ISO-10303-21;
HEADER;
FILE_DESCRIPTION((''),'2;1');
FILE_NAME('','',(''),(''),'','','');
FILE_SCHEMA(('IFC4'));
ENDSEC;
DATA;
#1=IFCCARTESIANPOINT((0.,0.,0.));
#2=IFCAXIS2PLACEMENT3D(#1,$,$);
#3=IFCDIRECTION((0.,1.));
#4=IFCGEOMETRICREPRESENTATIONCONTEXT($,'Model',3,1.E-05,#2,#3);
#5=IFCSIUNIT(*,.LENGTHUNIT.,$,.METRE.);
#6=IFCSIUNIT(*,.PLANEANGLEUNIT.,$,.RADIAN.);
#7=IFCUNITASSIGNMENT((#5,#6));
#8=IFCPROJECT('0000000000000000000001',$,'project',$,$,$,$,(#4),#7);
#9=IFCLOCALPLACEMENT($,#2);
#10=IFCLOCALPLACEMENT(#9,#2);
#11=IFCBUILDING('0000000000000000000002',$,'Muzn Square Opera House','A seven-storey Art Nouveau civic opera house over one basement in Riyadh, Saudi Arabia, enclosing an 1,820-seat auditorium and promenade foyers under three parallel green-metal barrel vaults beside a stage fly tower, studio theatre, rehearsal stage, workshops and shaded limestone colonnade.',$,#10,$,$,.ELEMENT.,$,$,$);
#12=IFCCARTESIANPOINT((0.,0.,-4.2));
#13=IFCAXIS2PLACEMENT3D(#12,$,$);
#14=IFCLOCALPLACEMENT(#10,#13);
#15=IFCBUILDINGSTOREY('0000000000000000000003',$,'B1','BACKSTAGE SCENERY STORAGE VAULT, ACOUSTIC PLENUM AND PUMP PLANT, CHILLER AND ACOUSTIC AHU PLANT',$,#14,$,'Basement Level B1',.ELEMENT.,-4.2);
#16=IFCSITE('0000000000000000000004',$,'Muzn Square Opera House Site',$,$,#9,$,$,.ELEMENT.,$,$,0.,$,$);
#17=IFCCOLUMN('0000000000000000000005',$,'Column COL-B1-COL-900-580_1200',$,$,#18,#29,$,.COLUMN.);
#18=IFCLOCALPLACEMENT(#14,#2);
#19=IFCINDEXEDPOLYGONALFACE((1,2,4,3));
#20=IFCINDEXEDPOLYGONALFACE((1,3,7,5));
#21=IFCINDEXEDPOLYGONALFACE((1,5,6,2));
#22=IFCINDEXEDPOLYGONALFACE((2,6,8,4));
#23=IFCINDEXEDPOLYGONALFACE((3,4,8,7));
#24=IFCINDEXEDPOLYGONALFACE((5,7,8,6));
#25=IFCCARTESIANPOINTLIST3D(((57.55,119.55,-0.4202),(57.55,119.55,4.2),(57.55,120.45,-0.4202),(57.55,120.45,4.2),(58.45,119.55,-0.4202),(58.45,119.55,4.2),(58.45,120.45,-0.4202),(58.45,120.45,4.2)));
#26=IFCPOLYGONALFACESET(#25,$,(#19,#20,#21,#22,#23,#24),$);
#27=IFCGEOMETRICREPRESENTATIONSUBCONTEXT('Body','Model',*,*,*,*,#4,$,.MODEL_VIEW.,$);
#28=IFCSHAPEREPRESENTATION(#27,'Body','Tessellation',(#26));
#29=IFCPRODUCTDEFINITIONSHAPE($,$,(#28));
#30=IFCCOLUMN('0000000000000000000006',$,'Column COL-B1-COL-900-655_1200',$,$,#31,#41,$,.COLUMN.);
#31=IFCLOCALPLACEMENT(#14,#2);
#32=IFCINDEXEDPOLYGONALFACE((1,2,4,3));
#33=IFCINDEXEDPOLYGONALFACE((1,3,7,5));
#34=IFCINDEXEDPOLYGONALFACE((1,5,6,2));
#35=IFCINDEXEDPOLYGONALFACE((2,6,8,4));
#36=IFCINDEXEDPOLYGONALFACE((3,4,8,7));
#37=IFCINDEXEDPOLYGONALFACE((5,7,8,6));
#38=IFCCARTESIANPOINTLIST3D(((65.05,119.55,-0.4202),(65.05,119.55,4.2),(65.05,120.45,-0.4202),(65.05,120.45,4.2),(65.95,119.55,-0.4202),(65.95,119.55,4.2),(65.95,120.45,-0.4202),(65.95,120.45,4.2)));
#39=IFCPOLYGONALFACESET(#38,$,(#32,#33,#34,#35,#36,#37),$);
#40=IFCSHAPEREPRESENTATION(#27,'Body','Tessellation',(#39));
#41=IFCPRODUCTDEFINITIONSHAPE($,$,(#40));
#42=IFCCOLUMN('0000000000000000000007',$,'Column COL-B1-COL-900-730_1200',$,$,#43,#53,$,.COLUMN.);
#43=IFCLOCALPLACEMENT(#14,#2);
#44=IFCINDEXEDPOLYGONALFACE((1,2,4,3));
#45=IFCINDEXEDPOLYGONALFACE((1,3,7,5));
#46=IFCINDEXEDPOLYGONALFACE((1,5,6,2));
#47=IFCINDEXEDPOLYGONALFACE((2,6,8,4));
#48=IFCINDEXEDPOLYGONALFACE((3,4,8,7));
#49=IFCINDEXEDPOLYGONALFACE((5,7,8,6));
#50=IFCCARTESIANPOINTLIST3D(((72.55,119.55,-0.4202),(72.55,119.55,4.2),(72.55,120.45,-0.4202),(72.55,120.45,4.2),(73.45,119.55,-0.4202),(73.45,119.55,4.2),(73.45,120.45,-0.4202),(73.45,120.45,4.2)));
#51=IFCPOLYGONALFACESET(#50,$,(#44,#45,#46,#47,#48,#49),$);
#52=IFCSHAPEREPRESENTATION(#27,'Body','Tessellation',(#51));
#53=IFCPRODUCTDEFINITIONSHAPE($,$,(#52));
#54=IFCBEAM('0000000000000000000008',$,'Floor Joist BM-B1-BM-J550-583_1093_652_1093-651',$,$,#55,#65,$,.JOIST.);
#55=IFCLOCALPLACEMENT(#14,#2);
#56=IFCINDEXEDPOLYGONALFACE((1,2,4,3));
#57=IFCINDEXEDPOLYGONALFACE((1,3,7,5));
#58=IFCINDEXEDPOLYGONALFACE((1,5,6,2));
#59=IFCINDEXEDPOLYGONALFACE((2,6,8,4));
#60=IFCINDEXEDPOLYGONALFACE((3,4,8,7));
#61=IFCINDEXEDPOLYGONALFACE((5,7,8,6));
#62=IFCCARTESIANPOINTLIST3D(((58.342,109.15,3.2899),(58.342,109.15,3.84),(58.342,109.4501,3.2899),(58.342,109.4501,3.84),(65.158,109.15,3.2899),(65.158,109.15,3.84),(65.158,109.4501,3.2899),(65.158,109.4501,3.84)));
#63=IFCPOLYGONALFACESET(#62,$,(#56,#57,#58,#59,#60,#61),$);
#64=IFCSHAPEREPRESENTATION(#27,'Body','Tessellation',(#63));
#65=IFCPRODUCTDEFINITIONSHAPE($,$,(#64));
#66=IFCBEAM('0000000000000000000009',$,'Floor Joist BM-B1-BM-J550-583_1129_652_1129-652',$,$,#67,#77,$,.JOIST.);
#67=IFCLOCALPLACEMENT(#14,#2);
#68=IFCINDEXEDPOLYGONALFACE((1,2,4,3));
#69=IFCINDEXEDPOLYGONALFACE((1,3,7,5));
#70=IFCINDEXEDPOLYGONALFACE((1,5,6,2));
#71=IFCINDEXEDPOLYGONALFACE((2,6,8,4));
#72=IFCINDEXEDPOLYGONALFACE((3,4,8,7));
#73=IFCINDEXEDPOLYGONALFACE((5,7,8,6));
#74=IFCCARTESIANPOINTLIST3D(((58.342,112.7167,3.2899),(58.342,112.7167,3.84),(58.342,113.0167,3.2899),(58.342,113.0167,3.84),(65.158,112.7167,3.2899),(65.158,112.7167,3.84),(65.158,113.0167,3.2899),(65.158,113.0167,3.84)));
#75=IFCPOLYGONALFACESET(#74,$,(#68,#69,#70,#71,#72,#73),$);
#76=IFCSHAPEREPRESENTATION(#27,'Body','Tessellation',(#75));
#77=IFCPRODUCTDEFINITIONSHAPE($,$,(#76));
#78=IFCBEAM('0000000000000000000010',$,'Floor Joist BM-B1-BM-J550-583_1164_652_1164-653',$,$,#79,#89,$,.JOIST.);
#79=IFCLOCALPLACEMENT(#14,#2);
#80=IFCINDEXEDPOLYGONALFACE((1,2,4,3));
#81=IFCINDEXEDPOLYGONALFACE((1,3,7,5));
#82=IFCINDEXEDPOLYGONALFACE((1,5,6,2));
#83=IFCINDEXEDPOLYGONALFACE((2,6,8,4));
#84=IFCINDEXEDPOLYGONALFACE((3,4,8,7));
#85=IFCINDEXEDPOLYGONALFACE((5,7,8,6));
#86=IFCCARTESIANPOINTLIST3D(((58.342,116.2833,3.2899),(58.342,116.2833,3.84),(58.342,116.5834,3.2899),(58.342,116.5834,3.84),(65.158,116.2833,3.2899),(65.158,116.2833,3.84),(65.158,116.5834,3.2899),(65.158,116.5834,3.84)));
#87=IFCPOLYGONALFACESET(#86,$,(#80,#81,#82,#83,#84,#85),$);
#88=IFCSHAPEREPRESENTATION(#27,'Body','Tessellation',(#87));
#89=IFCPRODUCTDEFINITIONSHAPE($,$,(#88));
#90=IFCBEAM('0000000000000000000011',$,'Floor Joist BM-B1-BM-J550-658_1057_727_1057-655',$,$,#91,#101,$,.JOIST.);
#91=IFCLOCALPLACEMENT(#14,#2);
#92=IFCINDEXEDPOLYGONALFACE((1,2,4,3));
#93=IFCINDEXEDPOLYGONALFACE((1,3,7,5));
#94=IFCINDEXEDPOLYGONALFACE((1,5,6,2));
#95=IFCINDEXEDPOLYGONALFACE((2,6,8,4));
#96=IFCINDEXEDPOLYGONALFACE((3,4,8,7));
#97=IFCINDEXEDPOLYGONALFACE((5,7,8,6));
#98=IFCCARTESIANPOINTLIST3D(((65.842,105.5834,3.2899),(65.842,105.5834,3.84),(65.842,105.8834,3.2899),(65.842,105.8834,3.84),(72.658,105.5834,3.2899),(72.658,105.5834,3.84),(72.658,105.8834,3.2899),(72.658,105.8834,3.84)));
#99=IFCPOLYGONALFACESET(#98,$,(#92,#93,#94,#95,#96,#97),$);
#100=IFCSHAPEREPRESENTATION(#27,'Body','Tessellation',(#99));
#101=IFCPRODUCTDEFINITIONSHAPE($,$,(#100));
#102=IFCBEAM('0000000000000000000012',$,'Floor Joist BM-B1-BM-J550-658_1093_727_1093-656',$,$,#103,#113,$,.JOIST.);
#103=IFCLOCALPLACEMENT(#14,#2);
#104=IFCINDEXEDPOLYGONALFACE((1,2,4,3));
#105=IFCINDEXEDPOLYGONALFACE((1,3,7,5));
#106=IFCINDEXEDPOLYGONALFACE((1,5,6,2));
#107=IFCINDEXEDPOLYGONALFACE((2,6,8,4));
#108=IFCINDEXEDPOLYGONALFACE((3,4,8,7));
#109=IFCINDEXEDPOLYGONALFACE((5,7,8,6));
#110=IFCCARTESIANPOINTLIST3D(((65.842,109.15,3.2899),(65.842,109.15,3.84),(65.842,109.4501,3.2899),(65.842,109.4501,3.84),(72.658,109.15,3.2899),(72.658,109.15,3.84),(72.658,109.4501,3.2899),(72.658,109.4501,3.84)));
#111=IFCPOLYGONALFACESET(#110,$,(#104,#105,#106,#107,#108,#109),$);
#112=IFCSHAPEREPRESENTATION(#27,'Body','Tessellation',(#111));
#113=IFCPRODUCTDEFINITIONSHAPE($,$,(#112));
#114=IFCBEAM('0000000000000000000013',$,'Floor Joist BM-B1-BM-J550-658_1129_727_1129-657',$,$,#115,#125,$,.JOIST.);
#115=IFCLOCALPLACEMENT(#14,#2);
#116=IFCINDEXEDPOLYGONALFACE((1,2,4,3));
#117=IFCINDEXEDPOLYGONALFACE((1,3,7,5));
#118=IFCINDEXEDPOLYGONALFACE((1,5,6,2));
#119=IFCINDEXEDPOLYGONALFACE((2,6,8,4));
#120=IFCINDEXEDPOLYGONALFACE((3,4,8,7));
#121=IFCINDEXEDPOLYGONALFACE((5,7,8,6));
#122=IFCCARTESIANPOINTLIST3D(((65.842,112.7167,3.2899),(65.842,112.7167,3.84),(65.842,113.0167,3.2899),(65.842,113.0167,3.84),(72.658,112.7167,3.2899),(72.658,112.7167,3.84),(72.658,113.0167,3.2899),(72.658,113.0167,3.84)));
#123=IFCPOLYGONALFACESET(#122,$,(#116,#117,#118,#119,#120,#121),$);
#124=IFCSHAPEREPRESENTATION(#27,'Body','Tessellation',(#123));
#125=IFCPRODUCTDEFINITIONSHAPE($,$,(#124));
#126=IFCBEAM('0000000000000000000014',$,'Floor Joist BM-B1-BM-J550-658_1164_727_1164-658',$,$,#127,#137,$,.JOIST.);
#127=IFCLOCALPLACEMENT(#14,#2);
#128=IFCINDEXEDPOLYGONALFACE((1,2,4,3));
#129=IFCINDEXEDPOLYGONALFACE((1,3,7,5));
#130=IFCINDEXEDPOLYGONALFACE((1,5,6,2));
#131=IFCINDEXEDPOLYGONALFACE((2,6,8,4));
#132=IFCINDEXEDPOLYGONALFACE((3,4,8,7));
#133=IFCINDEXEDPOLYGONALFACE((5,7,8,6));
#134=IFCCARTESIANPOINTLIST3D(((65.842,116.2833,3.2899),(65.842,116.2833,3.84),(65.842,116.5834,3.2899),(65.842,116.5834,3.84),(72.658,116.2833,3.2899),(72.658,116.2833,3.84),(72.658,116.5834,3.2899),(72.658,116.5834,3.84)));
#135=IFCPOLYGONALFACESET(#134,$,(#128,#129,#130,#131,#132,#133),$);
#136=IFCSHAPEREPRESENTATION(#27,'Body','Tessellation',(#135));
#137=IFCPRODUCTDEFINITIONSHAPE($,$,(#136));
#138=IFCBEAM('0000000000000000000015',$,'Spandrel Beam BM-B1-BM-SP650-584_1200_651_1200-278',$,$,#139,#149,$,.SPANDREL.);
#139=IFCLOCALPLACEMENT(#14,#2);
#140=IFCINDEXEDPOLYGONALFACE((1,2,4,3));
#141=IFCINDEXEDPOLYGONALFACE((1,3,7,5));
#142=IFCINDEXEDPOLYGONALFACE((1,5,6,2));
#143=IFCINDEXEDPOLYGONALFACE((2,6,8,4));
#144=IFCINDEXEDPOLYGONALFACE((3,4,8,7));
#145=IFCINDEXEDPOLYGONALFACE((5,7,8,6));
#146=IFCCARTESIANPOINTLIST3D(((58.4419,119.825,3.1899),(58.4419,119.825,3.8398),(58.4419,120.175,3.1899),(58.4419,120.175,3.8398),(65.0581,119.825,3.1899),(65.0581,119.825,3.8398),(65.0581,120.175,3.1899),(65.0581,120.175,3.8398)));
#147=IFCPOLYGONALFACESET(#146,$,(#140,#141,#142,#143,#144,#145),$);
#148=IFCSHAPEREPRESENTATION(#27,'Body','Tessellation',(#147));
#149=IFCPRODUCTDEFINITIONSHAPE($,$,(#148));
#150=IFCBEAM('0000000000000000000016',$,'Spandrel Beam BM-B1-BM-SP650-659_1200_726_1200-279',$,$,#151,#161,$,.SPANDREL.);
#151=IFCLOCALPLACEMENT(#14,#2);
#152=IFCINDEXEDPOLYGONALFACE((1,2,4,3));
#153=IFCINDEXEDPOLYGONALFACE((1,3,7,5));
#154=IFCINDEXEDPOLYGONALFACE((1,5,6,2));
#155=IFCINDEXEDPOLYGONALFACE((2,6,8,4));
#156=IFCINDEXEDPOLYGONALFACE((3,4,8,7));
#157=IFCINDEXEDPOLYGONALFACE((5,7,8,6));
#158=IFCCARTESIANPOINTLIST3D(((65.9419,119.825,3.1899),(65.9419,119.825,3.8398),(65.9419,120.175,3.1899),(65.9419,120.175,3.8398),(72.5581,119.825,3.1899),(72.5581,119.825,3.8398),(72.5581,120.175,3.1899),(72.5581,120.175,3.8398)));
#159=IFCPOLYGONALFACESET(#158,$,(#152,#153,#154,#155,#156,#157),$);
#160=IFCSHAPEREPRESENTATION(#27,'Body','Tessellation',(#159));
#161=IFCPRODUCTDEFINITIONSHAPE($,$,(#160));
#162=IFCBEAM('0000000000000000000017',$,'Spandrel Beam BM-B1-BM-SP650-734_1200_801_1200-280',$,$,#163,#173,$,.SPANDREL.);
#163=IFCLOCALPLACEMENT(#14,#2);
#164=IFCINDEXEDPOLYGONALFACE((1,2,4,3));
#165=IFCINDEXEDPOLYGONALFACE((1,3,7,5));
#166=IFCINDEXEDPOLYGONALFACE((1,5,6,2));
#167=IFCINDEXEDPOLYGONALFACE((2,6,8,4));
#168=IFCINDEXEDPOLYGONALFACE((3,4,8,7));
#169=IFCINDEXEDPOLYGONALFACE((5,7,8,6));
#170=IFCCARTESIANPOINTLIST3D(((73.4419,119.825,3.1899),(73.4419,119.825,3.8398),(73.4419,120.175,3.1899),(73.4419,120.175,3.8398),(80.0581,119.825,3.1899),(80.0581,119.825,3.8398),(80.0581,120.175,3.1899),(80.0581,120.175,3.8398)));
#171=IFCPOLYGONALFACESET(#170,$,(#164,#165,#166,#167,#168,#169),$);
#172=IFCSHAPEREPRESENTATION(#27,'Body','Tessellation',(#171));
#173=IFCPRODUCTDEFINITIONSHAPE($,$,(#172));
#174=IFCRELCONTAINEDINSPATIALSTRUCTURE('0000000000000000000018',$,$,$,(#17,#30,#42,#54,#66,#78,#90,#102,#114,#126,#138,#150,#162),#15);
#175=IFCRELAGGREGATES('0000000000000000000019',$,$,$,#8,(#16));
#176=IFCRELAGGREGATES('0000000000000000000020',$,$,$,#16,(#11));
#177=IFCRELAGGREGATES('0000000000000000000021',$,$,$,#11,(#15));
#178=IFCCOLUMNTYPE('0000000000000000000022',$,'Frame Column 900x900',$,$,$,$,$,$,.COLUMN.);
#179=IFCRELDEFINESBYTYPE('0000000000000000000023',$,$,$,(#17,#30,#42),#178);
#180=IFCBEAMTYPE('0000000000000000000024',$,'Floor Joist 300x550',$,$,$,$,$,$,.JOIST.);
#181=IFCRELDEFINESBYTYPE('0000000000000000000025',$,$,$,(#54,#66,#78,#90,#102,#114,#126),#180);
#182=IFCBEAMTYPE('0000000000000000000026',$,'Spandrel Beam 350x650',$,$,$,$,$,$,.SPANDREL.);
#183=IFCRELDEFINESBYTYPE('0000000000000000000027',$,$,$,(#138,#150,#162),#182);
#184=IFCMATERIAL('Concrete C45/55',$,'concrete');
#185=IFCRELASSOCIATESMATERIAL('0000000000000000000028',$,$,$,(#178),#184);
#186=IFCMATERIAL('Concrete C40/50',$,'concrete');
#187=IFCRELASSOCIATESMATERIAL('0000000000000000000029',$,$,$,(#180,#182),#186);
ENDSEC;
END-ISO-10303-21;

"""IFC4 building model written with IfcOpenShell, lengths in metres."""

from ifc_helpers import new_model, si_unit, direction, frame, origin, origin_2d, place, context, subcontext, project, spatial, rectangle, extrude, material, material_profile, profile_set, type_object, element, save


model = new_model("IFC4")

# Units and contexts
model_context = context("Model", 3, precision=1e-05, world=origin(), true_north=direction((0.0, 1.0)))
body_context = subcontext(model_context, "Body", "Model", "MODEL_VIEW")
ifc_project = project(units=[si_unit("LENGTHUNIT", "METRE"), si_unit("PLANEANGLEUNIT", "RADIAN")], contexts=[model_context])

# Site, building, storey
site_placement = place(None, origin())
site = spatial("IfcSite", under=ifc_project, at=site_placement, Name="Muzn Square Opera House Site", CompositionType="ELEMENT", RefElevation=0.0)
building_placement = place(site_placement, origin())
building = spatial("IfcBuilding", under=site, at=building_placement, Name="Muzn Square Opera House", Description="A seven-storey Art Nouveau civic opera house over one basement in Riyadh, Saudi Arabia, enclosing an 1,820-seat auditorium and promenade foyers under three parallel green-metal barrel vaults beside a stage fly tower, studio theatre, rehearsal stage, workshops and shaded limestone colonnade.", CompositionType="ELEMENT")
storey_placement = place(building_placement, frame((0.0, 0.0, -4.2)))
storey = spatial("IfcBuildingStorey", under=building, at=storey_placement, Name="B1", Description="BACKSTAGE SCENERY STORAGE VAULT, ACOUSTIC PLENUM AND PUMP PLANT, CHILLER AND ACOUSTIC AHU PLANT", LongName="Basement Level B1", CompositionType="ELEMENT", Elevation=-4.2)

# Shared definitions
ifc_material_1 = material(Name="Concrete C40/50", Category="concrete")

# Columns
ifc_material_2 = material(Name="Concrete C45/55", Category="concrete")
ifc_material_profile_1 = material_profile(ifc_material_2, rectangle(XDim=0.8999, YDim=0.8999, at=origin_2d()), Name="RC 900x900", Category="concrete")
ifc_profile_set_1 = profile_set([ifc_material_profile_1], Name="Concrete C45/55")
column_type = type_object("IfcColumnType", Name="Frame Column 900x900", PredefinedType="COLUMN", material=ifc_profile_set_1)
for number, where, z_axis, x_axis, name in (
    (1, (58.0, 120.0, -0.4202), (0.0, 0.0, 1.0), (1.0, 0.0, 0.0), "Column COL-B1-COL-900-580_1200"),
    (2, (65.5, 120.0, -0.4202), (0.0, 0.0, 1.0), (1.0, 0.0, 0.0), "Column COL-B1-COL-900-655_1200"),
    (3, (73.0, 120.0, -0.4202), (0.0, 0.0, 1.0), (1.0, 0.0, 0.0), "Column COL-B1-COL-900-730_1200"),
):
    element("IfcColumn", number, at=place(storey_placement, frame(where, z_axis=z_axis, x_axis=x_axis)), inside=storey, type_object=column_type, Name=name, PredefinedType="COLUMN", context=body_context, shape_type="SweptSolid", body=[
        extrude(rectangle(XDim=0.8999, YDim=0.8999, at=origin_2d()), origin(), (0.0, 0.0, 1.0), 4.6201),
    ])

# Beams
ifc_material_profile_2 = material_profile(ifc_material_1, rectangle(XDim=0.3, YDim=0.55, at=origin_2d()), Name="RCJ 300x550", Category="concrete")
ifc_profile_set_2 = profile_set([ifc_material_profile_2], Name="Concrete C40/50")
beam_type_1 = type_object("IfcBeamType", Name="Floor Joist 300x550", PredefinedType="JOIST", material=ifc_profile_set_2)
for number, where, z_axis, x_axis, name in (
    (4, (58.342, 109.3, 3.5649), (1.0, 0.0, 0.0), (0.0, 1.0, 0.0), "Floor Joist BM-B1-BM-J550-583_1093_652_1093-651"),
    (5, (58.342, 112.8667, 3.5649), (1.0, 0.0, 0.0), (0.0, 1.0, 0.0), "Floor Joist BM-B1-BM-J550-583_1129_652_1129-652"),
    (6, (58.342, 116.4333, 3.5649), (1.0, 0.0, 0.0), (0.0, 1.0, 0.0), "Floor Joist BM-B1-BM-J550-583_1164_652_1164-653"),
    (7, (65.842, 105.7334, 3.5649), (1.0, 0.0, 0.0), (0.0, 1.0, 0.0), "Floor Joist BM-B1-BM-J550-658_1057_727_1057-655"),
    (8, (65.842, 109.3, 3.5649), (1.0, 0.0, 0.0), (0.0, 1.0, 0.0), "Floor Joist BM-B1-BM-J550-658_1093_727_1093-656"),
    (9, (65.842, 112.8667, 3.5649), (1.0, 0.0, 0.0), (0.0, 1.0, 0.0), "Floor Joist BM-B1-BM-J550-658_1129_727_1129-657"),
    (10, (65.842, 116.4333, 3.5649), (1.0, 0.0, 0.0), (0.0, 1.0, 0.0), "Floor Joist BM-B1-BM-J550-658_1164_727_1164-658"),
):
    element("IfcBeam", number, at=place(storey_placement, frame(where, z_axis=z_axis, x_axis=x_axis)), inside=storey, type_object=beam_type_1, Name=name, PredefinedType="JOIST", context=body_context, shape_type="SweptSolid", body=[
        extrude(rectangle(XDim=0.3, YDim=0.55, at=origin_2d()), origin(), (0.0, 0.0, 1.0), 6.8159),
    ])
ifc_material_profile_3 = material_profile(ifc_material_1, rectangle(XDim=0.3501, YDim=0.6499, at=origin_2d()), Name="RCS 350x650", Category="concrete")
ifc_profile_set_3 = profile_set([ifc_material_profile_3], Name="Concrete C40/50")
beam_type_2 = type_object("IfcBeamType", Name="Spandrel Beam 350x650", PredefinedType="SPANDREL", material=ifc_profile_set_3)
for number, where, z_axis, x_axis, name in (
    (11, (58.4419, 120.0, 3.5149), (1.0, 0.0, 0.0), (0.0, 1.0, 0.0), "Spandrel Beam BM-B1-BM-SP650-584_1200_651_1200-278"),
    (12, (65.9419, 120.0, 3.5149), (1.0, 0.0, 0.0), (0.0, 1.0, 0.0), "Spandrel Beam BM-B1-BM-SP650-659_1200_726_1200-279"),
    (13, (73.4419, 120.0, 3.5149), (1.0, 0.0, 0.0), (0.0, 1.0, 0.0), "Spandrel Beam BM-B1-BM-SP650-734_1200_801_1200-280"),
):
    element("IfcBeam", number, at=place(storey_placement, frame(where, z_axis=z_axis, x_axis=x_axis)), inside=storey, type_object=beam_type_2, Name=name, PredefinedType="SPANDREL", context=body_context, shape_type="SweptSolid", body=[
        extrude(rectangle(XDim=0.3501, YDim=0.6499, at=origin_2d()), origin(), (0.0, 0.0, 1.0), 6.6162),
    ])

save(model, "model.ifc")
